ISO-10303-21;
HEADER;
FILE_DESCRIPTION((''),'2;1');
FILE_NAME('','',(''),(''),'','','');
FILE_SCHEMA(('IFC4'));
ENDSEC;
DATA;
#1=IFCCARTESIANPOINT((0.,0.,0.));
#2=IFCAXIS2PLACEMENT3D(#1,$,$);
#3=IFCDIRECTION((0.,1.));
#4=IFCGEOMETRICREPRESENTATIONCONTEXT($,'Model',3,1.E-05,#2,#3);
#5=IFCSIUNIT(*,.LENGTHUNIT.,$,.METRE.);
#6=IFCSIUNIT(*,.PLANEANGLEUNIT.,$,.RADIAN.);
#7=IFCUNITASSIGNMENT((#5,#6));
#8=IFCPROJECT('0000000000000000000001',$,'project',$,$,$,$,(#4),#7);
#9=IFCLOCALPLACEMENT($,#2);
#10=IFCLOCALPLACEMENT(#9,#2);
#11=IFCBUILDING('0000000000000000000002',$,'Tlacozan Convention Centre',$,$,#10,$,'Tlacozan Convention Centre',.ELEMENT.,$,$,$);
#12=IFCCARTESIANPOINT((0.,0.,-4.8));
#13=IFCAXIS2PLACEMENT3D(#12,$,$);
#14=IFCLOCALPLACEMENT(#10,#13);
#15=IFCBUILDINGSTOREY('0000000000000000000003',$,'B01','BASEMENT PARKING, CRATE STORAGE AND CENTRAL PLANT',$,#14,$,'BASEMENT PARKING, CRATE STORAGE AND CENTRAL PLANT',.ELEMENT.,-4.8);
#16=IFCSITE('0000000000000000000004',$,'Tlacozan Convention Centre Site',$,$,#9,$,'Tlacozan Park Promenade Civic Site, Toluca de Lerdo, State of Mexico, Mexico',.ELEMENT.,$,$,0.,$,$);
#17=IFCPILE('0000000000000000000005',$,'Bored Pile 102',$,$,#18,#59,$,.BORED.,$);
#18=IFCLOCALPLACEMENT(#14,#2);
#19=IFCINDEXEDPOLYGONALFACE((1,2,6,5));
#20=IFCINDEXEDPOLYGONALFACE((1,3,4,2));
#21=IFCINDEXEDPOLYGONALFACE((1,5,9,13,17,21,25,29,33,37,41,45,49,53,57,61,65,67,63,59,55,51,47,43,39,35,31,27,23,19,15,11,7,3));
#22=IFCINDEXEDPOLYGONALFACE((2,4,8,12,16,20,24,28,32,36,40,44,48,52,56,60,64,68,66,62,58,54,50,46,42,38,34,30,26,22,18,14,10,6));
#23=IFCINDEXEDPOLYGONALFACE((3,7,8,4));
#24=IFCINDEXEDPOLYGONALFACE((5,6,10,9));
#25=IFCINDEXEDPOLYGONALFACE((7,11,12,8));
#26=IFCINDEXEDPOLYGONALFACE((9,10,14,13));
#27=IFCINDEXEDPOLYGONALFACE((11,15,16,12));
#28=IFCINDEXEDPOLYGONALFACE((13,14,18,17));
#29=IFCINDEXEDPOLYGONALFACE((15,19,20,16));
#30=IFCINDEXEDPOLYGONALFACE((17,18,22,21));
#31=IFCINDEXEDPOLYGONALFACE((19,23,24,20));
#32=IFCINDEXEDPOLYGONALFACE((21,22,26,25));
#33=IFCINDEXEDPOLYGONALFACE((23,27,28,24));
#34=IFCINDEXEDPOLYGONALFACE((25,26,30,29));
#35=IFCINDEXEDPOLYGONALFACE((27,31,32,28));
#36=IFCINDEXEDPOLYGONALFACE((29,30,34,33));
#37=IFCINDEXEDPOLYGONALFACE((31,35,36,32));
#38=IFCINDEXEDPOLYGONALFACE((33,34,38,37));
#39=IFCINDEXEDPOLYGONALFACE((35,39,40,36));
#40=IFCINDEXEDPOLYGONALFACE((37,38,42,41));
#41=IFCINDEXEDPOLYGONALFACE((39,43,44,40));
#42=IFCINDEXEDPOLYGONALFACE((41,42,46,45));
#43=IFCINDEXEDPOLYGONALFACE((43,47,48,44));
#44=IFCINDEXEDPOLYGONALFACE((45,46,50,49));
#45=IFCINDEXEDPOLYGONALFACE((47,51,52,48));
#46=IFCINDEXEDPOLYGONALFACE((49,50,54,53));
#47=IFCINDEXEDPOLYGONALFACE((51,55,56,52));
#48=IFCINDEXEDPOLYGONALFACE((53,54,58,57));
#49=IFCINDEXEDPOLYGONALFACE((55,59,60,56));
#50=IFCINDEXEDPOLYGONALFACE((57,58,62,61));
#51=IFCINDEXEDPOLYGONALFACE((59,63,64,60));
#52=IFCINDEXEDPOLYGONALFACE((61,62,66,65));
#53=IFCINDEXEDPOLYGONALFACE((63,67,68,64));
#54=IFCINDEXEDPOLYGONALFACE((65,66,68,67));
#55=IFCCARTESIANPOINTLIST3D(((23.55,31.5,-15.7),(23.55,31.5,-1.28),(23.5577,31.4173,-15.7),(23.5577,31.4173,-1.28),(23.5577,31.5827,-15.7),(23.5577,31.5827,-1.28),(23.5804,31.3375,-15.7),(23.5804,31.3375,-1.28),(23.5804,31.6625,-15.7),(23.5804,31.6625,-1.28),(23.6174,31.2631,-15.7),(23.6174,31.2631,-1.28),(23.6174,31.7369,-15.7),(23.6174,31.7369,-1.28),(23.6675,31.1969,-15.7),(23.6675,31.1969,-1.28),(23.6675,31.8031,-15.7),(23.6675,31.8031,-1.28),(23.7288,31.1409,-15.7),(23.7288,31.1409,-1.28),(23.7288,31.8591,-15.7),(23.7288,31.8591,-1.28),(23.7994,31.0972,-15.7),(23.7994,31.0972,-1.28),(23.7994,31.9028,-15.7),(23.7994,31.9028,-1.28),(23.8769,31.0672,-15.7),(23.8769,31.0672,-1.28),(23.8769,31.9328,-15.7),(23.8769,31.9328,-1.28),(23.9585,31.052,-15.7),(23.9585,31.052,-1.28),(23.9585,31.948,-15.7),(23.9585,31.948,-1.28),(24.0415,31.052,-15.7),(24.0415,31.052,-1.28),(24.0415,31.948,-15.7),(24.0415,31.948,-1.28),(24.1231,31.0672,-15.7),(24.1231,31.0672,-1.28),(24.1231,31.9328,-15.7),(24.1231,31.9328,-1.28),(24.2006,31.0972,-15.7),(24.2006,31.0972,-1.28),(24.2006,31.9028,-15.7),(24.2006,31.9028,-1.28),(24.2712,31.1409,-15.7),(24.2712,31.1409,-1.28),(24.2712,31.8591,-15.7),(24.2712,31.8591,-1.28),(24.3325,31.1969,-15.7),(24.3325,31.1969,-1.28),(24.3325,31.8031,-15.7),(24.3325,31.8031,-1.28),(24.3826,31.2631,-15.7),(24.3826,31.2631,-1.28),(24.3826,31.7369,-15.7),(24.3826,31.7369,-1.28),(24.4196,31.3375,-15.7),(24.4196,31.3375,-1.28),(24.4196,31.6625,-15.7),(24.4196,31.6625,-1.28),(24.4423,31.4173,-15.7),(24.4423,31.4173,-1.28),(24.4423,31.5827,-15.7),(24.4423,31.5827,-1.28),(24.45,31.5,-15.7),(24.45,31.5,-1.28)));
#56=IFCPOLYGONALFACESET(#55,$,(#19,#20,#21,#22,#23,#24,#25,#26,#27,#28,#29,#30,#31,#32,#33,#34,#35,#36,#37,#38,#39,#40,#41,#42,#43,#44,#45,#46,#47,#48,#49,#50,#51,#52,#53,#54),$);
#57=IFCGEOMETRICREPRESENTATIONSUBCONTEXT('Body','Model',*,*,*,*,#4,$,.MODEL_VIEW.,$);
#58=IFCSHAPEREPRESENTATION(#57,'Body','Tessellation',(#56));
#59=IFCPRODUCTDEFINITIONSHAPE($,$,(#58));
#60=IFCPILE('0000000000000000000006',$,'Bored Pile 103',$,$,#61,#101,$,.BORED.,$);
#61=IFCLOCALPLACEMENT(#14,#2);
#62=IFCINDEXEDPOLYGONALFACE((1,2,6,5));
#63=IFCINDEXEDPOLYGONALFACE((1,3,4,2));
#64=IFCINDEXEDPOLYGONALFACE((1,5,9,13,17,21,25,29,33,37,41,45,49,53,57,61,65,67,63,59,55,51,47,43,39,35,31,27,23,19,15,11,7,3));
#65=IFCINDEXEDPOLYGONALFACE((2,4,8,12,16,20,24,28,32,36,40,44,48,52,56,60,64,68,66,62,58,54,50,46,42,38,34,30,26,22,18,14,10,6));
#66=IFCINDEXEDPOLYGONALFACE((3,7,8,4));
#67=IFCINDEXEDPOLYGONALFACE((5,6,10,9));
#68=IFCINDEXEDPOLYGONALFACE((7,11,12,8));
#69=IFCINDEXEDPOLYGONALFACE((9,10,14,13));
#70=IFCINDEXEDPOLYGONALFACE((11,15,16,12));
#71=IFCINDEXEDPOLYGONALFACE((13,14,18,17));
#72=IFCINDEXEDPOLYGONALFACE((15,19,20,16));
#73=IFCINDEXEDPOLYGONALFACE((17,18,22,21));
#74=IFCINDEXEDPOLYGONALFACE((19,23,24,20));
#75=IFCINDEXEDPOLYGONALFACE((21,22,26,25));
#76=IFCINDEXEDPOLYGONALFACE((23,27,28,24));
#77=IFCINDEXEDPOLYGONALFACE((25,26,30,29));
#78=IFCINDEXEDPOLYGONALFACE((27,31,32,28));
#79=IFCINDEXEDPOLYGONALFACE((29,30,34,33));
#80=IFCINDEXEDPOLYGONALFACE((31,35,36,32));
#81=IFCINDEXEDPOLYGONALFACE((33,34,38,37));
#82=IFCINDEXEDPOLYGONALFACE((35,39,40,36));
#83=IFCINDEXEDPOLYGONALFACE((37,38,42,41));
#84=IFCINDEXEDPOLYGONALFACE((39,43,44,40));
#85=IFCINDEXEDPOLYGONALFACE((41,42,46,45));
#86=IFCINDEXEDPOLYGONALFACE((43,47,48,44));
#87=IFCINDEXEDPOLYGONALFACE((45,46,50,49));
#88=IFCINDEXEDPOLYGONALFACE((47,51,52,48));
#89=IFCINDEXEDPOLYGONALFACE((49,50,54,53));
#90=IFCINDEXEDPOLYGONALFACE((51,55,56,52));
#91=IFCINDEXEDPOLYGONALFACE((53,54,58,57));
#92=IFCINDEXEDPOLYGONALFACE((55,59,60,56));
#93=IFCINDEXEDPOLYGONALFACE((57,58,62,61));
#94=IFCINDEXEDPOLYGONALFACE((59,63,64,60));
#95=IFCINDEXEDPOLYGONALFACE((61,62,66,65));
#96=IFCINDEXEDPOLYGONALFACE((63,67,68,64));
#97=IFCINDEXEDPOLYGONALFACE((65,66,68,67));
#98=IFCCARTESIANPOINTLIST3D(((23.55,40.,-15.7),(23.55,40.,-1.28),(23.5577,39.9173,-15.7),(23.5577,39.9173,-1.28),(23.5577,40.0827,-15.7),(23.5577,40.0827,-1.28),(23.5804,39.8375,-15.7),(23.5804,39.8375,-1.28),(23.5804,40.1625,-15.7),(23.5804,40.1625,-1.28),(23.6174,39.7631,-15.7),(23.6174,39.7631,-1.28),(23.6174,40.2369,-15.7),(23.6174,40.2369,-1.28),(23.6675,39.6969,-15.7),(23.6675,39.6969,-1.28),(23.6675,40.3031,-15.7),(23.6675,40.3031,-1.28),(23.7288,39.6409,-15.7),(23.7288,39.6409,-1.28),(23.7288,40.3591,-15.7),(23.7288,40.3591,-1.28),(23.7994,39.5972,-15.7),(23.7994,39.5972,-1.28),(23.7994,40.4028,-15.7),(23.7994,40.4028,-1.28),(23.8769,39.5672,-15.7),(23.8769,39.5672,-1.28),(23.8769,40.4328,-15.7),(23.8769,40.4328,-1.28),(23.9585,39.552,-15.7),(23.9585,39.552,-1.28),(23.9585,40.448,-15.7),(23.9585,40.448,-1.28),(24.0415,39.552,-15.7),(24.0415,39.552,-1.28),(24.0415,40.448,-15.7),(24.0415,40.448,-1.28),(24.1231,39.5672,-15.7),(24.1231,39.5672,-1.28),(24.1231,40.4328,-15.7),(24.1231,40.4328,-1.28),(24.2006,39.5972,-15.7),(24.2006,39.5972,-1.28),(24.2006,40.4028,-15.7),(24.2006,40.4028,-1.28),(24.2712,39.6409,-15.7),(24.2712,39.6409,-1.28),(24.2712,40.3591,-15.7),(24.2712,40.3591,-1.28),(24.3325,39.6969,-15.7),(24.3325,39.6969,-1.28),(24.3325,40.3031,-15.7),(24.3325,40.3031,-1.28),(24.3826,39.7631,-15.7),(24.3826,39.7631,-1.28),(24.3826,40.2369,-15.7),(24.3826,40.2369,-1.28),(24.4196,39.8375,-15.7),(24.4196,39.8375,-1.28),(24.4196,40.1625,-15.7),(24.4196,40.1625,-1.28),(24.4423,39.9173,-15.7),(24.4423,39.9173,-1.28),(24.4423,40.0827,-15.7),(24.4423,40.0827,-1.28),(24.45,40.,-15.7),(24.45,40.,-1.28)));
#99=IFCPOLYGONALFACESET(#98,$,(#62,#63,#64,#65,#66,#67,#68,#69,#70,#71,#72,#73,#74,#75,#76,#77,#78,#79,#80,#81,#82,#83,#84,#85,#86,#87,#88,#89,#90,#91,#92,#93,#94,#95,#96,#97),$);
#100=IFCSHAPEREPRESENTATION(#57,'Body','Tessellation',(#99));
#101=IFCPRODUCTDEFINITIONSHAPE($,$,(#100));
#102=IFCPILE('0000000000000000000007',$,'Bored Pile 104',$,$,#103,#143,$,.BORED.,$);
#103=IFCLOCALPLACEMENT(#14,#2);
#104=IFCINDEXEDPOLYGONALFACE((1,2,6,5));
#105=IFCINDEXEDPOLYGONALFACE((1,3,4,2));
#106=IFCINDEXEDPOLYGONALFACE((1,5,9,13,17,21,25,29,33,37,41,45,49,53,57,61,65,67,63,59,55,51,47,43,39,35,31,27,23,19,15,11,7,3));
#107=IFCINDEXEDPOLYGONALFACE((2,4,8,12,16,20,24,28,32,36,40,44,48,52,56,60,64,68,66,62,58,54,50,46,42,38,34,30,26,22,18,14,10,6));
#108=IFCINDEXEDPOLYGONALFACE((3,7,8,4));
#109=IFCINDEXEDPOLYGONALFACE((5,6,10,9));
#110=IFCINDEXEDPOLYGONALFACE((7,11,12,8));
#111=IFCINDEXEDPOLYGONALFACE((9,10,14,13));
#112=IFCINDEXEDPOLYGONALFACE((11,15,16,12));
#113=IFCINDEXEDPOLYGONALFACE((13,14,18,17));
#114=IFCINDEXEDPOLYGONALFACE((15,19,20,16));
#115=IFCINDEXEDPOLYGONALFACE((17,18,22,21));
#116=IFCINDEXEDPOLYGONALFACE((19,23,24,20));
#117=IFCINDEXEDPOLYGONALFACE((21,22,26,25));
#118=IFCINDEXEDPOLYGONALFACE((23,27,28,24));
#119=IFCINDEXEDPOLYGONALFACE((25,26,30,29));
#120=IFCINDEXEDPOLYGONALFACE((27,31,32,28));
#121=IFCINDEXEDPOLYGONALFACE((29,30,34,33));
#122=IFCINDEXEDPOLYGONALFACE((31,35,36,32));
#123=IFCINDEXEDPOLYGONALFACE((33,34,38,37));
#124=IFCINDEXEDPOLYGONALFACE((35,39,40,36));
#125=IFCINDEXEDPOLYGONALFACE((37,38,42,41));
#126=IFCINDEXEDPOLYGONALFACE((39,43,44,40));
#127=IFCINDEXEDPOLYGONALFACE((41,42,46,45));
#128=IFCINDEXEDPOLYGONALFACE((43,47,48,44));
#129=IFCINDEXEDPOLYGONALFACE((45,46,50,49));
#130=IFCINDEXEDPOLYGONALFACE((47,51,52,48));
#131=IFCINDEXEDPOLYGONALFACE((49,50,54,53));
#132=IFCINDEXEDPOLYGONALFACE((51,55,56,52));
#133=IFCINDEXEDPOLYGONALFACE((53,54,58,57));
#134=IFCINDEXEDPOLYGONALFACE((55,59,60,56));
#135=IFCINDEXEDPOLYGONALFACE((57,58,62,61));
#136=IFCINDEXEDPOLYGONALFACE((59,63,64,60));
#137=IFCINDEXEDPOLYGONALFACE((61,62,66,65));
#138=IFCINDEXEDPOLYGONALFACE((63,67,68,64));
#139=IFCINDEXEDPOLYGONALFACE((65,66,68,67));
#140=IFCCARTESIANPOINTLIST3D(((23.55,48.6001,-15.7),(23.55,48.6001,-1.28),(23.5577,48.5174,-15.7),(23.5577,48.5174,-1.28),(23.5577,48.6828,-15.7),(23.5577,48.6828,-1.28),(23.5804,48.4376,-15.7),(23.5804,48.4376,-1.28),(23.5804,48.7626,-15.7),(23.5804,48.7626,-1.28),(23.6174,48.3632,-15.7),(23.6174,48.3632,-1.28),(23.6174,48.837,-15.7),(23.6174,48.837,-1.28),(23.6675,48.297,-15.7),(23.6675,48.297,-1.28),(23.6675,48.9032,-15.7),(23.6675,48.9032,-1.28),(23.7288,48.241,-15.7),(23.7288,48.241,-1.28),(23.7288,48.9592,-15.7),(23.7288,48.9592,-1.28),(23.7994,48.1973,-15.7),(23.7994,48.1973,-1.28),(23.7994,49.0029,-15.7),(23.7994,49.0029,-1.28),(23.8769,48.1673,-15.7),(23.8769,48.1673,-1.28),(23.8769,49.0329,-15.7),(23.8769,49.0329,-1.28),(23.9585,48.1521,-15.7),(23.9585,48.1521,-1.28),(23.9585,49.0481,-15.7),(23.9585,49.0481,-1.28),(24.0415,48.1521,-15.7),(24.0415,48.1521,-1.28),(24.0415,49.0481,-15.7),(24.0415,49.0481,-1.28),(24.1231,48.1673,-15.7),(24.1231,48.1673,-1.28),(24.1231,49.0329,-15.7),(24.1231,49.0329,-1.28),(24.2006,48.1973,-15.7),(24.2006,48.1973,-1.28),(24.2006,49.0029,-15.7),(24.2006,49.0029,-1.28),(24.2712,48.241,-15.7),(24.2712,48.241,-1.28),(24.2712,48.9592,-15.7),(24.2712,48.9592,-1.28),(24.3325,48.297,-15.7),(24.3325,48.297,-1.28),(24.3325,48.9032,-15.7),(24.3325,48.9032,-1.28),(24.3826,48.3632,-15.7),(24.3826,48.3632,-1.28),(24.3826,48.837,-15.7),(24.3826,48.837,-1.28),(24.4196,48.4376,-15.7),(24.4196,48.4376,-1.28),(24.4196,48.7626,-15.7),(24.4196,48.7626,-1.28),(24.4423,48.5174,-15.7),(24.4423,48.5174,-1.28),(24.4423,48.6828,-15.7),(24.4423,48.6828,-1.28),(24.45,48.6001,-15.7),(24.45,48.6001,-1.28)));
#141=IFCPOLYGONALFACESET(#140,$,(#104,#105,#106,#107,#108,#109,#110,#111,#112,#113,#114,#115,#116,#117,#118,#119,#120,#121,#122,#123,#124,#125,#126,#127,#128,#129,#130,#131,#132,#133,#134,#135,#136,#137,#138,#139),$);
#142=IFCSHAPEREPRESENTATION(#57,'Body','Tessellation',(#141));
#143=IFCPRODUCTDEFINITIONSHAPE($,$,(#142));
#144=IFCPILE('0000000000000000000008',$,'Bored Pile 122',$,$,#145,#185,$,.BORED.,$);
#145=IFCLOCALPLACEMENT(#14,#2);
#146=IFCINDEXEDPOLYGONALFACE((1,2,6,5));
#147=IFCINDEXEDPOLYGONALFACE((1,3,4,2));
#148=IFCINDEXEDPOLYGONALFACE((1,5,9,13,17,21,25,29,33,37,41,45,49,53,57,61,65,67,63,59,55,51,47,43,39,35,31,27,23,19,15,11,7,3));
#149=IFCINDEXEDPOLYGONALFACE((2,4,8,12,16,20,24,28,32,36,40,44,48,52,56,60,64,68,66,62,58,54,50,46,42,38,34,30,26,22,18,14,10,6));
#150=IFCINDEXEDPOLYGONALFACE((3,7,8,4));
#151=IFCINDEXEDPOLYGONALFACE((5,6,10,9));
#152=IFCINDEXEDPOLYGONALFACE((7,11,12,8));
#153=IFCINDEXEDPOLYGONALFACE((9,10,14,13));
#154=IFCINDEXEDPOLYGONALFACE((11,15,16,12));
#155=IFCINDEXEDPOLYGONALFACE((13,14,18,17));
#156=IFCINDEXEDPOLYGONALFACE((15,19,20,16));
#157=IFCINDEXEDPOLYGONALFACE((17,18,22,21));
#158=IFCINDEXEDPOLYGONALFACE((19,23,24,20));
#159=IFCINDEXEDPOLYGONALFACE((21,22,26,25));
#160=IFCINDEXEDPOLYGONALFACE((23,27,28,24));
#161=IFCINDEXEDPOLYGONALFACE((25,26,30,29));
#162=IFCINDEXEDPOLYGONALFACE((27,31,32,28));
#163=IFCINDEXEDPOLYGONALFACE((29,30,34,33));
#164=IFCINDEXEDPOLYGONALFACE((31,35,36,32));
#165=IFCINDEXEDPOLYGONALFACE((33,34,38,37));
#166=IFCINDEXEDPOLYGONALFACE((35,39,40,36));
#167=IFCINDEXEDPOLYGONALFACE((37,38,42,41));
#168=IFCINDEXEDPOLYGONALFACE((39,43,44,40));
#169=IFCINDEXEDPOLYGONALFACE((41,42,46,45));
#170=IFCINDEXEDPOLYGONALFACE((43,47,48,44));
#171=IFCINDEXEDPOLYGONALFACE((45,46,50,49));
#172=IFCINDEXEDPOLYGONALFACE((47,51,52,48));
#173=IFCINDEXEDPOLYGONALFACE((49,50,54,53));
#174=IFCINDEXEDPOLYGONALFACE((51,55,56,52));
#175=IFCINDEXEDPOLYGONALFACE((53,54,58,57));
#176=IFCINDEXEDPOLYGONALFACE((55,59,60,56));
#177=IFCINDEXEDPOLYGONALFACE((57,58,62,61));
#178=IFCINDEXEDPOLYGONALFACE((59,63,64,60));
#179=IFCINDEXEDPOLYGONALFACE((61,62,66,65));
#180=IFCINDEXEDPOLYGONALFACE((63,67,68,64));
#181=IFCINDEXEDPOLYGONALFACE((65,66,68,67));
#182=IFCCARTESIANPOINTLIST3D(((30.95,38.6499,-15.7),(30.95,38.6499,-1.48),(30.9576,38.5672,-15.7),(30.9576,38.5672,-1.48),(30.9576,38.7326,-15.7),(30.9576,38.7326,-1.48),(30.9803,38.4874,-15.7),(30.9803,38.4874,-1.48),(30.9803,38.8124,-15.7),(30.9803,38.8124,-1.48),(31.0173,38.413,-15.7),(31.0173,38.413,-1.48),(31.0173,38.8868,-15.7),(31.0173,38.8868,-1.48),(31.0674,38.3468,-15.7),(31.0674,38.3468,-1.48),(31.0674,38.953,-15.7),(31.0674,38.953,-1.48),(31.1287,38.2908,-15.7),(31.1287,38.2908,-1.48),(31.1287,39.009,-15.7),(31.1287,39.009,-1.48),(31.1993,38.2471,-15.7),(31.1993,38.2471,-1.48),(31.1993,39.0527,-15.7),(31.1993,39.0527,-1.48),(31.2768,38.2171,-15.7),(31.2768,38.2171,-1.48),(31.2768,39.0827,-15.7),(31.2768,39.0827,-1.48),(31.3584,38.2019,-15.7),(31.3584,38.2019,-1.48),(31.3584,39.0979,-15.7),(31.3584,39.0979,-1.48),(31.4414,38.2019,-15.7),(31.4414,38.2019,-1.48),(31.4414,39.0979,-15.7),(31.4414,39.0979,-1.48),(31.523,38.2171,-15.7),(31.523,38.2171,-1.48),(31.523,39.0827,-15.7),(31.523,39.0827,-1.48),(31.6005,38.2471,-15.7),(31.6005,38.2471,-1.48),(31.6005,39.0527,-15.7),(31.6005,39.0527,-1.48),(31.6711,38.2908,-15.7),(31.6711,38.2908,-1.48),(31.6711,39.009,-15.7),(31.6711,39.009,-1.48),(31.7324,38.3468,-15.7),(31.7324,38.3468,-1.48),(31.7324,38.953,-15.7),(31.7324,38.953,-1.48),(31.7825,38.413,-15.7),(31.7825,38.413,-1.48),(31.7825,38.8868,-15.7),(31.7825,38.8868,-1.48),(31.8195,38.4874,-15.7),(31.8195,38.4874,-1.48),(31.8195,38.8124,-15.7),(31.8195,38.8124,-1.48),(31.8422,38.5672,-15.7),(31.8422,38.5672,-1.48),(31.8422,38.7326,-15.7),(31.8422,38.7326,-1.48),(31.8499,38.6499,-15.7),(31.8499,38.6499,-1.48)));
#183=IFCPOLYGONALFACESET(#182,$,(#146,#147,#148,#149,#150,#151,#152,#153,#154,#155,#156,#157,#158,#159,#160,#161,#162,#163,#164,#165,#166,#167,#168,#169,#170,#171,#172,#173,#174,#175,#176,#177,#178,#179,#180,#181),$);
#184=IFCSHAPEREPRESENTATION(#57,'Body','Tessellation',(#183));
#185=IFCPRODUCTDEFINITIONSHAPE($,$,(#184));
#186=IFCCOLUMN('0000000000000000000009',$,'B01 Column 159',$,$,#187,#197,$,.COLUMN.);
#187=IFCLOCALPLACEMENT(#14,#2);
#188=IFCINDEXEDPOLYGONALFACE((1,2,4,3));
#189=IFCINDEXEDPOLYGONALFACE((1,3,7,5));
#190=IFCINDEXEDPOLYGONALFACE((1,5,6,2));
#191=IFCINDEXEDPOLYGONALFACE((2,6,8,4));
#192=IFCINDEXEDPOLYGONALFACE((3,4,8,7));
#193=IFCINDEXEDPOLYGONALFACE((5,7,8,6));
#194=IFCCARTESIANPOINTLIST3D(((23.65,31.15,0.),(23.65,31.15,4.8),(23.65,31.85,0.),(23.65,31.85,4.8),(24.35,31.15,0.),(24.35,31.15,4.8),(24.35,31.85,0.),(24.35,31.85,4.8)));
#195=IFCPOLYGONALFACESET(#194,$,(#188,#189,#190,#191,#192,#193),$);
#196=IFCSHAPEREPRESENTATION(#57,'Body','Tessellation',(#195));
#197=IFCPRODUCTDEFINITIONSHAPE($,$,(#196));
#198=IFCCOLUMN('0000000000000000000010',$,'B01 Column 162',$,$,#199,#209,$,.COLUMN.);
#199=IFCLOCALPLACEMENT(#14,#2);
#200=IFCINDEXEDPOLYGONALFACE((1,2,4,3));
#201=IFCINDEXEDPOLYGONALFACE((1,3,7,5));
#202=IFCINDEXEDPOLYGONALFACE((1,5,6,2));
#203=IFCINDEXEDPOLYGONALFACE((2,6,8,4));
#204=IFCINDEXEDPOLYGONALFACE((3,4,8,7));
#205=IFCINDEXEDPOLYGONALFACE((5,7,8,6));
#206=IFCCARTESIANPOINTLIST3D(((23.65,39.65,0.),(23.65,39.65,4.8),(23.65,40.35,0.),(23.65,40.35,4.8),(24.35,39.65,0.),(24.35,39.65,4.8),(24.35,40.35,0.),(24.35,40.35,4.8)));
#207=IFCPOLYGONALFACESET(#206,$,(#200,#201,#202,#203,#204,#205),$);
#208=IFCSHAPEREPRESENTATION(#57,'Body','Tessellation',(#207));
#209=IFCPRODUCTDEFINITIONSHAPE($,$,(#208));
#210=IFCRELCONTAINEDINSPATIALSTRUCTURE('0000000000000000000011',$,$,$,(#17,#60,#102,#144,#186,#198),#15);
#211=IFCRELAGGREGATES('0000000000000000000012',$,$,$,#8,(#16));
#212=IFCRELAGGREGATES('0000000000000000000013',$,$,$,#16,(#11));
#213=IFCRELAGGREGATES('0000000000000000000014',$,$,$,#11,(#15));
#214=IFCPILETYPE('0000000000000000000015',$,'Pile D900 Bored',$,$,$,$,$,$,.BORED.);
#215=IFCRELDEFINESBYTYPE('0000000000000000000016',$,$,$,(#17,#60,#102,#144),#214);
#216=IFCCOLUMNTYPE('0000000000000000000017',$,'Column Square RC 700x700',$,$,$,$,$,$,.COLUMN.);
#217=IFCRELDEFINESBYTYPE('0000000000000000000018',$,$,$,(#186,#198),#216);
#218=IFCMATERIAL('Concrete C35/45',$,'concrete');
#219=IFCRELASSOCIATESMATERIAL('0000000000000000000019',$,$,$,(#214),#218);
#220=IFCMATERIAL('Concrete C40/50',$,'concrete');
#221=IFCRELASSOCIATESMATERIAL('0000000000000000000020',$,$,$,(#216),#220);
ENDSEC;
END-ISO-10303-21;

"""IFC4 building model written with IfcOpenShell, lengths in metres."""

from ifc_helpers import new_model, si_unit, direction, frame, origin, origin_2d, place, context, subcontext, project, spatial, rectangle, circle, extrude, material, material_profile, profile_set, type_object, element, save


model = new_model("IFC4")

# Units and contexts
model_context = context("Model", 3, precision=1e-05, world=origin(), true_north=direction((0.0, 1.0)))
body_context = subcontext(model_context, "Body", "Model", "MODEL_VIEW")
ifc_project = project(units=[si_unit("LENGTHUNIT", "METRE"), si_unit("PLANEANGLEUNIT", "RADIAN")], contexts=[model_context])

# Site, building, storey
site_placement = place(None, origin())
site = spatial("IfcSite", under=ifc_project, at=site_placement, Name="Tlacozan Convention Centre Site", LongName="Tlacozan Park Promenade Civic Site, Toluca de Lerdo, State of Mexico, Mexico", CompositionType="ELEMENT", RefElevation=0.0)
building_placement = place(site_placement, origin())
building = spatial("IfcBuilding", under=site, at=building_placement, Name="Tlacozan Convention Centre", LongName="Tlacozan Convention Centre", CompositionType="ELEMENT")
storey_placement = place(building_placement, frame((0.0, 0.0, -4.8)))
storey = spatial("IfcBuildingStorey", under=building, at=storey_placement, Name="B01", Description="BASEMENT PARKING, CRATE STORAGE AND CENTRAL PLANT", LongName="BASEMENT PARKING, CRATE STORAGE AND CENTRAL PLANT", CompositionType="ELEMENT", Elevation=-4.8)

# Shared definitions
ifc_material_1 = material(Name="Concrete C35/45", Category="concrete")

# Piles
ifc_material_profile_1 = material_profile(ifc_material_1, circle(Radius=0.45, at=origin_2d()), Name="PILE D900")
ifc_profile_set_1 = profile_set([ifc_material_profile_1], Name="Concrete C35/45")
pile_type_1 = type_object("IfcPileType", Name="Pile D900 Bored", PredefinedType="BORED", material=ifc_profile_set_1)
for number, where, z_axis, x_axis, name in (
    (1, (24.0, 31.5, -1.28), (0.0, 0.0, -1.0), (1.0, 0.0, 0.0), "Bored Pile 102"),
    (2, (24.0, 40.0, -1.28), (0.0, 0.0, -1.0), (1.0, 0.0, 0.0), "Bored Pile 103"),
    (3, (24.0, 48.6001, -1.28), (0.0, 0.0, -1.0), (1.0, 0.0, 0.0), "Bored Pile 104"),
):
    element("IfcPile", number, at=place(storey_placement, frame(where, z_axis=z_axis, x_axis=x_axis)), inside=storey, type_object=pile_type_1, Name=name, PredefinedType="BORED", context=body_context, shape_type="SweptSolid", body=[
        extrude(circle(Radius=0.45, at=origin_2d()), origin(), (0.0, 0.0, 1.0), 14.4199),
    ])
pile_1_placement = place(storey_placement, frame((31.3999, 38.6499, -1.48), z_axis=(0.0, 0.0, -1.0), x_axis=(1.0, 0.0, 0.0)))
element("IfcPile", 4, at=pile_1_placement, inside=storey, type_object=pile_type_1, Name="Bored Pile 122", PredefinedType="BORED", context=body_context, shape_type="SweptSolid", body=[
    extrude(circle(Radius=0.45, at=origin_2d()), origin(), (0.0, 0.0, 1.0), 14.22),
])

# Columns
ifc_material_2 = material(Name="Concrete C40/50", Category="concrete")
ifc_material_profile_2 = material_profile(ifc_material_2, rectangle(XDim=0.7, YDim=0.7, at=origin_2d()), Name="RC 700x700")
ifc_profile_set_2 = profile_set([ifc_material_profile_2], Name="Concrete C40/50")
column_type_1 = type_object("IfcColumnType", Name="Column Square RC 700x700", PredefinedType="COLUMN", material=ifc_profile_set_2)
for number, where, z_axis, x_axis, name in (
    (5, (24.0, 31.5, 0.0), (0.0, 0.0, 1.0), (1.0, 0.0, 0.0), "B01 Column 159"),
    (6, (24.0, 40.0, 0.0), (0.0, 0.0, 1.0), (1.0, 0.0, 0.0), "B01 Column 162"),
):
    element("IfcColumn", number, at=place(storey_placement, frame(where, z_axis=z_axis, x_axis=x_axis)), inside=storey, type_object=column_type_1, Name=name, PredefinedType="COLUMN", context=body_context, shape_type="SweptSolid", body=[
        extrude(rectangle(XDim=0.7, YDim=0.7, at=origin_2d()), origin(), (0.0, 0.0, 1.0), 4.8),
    ])

save(model, "model.ifc")
